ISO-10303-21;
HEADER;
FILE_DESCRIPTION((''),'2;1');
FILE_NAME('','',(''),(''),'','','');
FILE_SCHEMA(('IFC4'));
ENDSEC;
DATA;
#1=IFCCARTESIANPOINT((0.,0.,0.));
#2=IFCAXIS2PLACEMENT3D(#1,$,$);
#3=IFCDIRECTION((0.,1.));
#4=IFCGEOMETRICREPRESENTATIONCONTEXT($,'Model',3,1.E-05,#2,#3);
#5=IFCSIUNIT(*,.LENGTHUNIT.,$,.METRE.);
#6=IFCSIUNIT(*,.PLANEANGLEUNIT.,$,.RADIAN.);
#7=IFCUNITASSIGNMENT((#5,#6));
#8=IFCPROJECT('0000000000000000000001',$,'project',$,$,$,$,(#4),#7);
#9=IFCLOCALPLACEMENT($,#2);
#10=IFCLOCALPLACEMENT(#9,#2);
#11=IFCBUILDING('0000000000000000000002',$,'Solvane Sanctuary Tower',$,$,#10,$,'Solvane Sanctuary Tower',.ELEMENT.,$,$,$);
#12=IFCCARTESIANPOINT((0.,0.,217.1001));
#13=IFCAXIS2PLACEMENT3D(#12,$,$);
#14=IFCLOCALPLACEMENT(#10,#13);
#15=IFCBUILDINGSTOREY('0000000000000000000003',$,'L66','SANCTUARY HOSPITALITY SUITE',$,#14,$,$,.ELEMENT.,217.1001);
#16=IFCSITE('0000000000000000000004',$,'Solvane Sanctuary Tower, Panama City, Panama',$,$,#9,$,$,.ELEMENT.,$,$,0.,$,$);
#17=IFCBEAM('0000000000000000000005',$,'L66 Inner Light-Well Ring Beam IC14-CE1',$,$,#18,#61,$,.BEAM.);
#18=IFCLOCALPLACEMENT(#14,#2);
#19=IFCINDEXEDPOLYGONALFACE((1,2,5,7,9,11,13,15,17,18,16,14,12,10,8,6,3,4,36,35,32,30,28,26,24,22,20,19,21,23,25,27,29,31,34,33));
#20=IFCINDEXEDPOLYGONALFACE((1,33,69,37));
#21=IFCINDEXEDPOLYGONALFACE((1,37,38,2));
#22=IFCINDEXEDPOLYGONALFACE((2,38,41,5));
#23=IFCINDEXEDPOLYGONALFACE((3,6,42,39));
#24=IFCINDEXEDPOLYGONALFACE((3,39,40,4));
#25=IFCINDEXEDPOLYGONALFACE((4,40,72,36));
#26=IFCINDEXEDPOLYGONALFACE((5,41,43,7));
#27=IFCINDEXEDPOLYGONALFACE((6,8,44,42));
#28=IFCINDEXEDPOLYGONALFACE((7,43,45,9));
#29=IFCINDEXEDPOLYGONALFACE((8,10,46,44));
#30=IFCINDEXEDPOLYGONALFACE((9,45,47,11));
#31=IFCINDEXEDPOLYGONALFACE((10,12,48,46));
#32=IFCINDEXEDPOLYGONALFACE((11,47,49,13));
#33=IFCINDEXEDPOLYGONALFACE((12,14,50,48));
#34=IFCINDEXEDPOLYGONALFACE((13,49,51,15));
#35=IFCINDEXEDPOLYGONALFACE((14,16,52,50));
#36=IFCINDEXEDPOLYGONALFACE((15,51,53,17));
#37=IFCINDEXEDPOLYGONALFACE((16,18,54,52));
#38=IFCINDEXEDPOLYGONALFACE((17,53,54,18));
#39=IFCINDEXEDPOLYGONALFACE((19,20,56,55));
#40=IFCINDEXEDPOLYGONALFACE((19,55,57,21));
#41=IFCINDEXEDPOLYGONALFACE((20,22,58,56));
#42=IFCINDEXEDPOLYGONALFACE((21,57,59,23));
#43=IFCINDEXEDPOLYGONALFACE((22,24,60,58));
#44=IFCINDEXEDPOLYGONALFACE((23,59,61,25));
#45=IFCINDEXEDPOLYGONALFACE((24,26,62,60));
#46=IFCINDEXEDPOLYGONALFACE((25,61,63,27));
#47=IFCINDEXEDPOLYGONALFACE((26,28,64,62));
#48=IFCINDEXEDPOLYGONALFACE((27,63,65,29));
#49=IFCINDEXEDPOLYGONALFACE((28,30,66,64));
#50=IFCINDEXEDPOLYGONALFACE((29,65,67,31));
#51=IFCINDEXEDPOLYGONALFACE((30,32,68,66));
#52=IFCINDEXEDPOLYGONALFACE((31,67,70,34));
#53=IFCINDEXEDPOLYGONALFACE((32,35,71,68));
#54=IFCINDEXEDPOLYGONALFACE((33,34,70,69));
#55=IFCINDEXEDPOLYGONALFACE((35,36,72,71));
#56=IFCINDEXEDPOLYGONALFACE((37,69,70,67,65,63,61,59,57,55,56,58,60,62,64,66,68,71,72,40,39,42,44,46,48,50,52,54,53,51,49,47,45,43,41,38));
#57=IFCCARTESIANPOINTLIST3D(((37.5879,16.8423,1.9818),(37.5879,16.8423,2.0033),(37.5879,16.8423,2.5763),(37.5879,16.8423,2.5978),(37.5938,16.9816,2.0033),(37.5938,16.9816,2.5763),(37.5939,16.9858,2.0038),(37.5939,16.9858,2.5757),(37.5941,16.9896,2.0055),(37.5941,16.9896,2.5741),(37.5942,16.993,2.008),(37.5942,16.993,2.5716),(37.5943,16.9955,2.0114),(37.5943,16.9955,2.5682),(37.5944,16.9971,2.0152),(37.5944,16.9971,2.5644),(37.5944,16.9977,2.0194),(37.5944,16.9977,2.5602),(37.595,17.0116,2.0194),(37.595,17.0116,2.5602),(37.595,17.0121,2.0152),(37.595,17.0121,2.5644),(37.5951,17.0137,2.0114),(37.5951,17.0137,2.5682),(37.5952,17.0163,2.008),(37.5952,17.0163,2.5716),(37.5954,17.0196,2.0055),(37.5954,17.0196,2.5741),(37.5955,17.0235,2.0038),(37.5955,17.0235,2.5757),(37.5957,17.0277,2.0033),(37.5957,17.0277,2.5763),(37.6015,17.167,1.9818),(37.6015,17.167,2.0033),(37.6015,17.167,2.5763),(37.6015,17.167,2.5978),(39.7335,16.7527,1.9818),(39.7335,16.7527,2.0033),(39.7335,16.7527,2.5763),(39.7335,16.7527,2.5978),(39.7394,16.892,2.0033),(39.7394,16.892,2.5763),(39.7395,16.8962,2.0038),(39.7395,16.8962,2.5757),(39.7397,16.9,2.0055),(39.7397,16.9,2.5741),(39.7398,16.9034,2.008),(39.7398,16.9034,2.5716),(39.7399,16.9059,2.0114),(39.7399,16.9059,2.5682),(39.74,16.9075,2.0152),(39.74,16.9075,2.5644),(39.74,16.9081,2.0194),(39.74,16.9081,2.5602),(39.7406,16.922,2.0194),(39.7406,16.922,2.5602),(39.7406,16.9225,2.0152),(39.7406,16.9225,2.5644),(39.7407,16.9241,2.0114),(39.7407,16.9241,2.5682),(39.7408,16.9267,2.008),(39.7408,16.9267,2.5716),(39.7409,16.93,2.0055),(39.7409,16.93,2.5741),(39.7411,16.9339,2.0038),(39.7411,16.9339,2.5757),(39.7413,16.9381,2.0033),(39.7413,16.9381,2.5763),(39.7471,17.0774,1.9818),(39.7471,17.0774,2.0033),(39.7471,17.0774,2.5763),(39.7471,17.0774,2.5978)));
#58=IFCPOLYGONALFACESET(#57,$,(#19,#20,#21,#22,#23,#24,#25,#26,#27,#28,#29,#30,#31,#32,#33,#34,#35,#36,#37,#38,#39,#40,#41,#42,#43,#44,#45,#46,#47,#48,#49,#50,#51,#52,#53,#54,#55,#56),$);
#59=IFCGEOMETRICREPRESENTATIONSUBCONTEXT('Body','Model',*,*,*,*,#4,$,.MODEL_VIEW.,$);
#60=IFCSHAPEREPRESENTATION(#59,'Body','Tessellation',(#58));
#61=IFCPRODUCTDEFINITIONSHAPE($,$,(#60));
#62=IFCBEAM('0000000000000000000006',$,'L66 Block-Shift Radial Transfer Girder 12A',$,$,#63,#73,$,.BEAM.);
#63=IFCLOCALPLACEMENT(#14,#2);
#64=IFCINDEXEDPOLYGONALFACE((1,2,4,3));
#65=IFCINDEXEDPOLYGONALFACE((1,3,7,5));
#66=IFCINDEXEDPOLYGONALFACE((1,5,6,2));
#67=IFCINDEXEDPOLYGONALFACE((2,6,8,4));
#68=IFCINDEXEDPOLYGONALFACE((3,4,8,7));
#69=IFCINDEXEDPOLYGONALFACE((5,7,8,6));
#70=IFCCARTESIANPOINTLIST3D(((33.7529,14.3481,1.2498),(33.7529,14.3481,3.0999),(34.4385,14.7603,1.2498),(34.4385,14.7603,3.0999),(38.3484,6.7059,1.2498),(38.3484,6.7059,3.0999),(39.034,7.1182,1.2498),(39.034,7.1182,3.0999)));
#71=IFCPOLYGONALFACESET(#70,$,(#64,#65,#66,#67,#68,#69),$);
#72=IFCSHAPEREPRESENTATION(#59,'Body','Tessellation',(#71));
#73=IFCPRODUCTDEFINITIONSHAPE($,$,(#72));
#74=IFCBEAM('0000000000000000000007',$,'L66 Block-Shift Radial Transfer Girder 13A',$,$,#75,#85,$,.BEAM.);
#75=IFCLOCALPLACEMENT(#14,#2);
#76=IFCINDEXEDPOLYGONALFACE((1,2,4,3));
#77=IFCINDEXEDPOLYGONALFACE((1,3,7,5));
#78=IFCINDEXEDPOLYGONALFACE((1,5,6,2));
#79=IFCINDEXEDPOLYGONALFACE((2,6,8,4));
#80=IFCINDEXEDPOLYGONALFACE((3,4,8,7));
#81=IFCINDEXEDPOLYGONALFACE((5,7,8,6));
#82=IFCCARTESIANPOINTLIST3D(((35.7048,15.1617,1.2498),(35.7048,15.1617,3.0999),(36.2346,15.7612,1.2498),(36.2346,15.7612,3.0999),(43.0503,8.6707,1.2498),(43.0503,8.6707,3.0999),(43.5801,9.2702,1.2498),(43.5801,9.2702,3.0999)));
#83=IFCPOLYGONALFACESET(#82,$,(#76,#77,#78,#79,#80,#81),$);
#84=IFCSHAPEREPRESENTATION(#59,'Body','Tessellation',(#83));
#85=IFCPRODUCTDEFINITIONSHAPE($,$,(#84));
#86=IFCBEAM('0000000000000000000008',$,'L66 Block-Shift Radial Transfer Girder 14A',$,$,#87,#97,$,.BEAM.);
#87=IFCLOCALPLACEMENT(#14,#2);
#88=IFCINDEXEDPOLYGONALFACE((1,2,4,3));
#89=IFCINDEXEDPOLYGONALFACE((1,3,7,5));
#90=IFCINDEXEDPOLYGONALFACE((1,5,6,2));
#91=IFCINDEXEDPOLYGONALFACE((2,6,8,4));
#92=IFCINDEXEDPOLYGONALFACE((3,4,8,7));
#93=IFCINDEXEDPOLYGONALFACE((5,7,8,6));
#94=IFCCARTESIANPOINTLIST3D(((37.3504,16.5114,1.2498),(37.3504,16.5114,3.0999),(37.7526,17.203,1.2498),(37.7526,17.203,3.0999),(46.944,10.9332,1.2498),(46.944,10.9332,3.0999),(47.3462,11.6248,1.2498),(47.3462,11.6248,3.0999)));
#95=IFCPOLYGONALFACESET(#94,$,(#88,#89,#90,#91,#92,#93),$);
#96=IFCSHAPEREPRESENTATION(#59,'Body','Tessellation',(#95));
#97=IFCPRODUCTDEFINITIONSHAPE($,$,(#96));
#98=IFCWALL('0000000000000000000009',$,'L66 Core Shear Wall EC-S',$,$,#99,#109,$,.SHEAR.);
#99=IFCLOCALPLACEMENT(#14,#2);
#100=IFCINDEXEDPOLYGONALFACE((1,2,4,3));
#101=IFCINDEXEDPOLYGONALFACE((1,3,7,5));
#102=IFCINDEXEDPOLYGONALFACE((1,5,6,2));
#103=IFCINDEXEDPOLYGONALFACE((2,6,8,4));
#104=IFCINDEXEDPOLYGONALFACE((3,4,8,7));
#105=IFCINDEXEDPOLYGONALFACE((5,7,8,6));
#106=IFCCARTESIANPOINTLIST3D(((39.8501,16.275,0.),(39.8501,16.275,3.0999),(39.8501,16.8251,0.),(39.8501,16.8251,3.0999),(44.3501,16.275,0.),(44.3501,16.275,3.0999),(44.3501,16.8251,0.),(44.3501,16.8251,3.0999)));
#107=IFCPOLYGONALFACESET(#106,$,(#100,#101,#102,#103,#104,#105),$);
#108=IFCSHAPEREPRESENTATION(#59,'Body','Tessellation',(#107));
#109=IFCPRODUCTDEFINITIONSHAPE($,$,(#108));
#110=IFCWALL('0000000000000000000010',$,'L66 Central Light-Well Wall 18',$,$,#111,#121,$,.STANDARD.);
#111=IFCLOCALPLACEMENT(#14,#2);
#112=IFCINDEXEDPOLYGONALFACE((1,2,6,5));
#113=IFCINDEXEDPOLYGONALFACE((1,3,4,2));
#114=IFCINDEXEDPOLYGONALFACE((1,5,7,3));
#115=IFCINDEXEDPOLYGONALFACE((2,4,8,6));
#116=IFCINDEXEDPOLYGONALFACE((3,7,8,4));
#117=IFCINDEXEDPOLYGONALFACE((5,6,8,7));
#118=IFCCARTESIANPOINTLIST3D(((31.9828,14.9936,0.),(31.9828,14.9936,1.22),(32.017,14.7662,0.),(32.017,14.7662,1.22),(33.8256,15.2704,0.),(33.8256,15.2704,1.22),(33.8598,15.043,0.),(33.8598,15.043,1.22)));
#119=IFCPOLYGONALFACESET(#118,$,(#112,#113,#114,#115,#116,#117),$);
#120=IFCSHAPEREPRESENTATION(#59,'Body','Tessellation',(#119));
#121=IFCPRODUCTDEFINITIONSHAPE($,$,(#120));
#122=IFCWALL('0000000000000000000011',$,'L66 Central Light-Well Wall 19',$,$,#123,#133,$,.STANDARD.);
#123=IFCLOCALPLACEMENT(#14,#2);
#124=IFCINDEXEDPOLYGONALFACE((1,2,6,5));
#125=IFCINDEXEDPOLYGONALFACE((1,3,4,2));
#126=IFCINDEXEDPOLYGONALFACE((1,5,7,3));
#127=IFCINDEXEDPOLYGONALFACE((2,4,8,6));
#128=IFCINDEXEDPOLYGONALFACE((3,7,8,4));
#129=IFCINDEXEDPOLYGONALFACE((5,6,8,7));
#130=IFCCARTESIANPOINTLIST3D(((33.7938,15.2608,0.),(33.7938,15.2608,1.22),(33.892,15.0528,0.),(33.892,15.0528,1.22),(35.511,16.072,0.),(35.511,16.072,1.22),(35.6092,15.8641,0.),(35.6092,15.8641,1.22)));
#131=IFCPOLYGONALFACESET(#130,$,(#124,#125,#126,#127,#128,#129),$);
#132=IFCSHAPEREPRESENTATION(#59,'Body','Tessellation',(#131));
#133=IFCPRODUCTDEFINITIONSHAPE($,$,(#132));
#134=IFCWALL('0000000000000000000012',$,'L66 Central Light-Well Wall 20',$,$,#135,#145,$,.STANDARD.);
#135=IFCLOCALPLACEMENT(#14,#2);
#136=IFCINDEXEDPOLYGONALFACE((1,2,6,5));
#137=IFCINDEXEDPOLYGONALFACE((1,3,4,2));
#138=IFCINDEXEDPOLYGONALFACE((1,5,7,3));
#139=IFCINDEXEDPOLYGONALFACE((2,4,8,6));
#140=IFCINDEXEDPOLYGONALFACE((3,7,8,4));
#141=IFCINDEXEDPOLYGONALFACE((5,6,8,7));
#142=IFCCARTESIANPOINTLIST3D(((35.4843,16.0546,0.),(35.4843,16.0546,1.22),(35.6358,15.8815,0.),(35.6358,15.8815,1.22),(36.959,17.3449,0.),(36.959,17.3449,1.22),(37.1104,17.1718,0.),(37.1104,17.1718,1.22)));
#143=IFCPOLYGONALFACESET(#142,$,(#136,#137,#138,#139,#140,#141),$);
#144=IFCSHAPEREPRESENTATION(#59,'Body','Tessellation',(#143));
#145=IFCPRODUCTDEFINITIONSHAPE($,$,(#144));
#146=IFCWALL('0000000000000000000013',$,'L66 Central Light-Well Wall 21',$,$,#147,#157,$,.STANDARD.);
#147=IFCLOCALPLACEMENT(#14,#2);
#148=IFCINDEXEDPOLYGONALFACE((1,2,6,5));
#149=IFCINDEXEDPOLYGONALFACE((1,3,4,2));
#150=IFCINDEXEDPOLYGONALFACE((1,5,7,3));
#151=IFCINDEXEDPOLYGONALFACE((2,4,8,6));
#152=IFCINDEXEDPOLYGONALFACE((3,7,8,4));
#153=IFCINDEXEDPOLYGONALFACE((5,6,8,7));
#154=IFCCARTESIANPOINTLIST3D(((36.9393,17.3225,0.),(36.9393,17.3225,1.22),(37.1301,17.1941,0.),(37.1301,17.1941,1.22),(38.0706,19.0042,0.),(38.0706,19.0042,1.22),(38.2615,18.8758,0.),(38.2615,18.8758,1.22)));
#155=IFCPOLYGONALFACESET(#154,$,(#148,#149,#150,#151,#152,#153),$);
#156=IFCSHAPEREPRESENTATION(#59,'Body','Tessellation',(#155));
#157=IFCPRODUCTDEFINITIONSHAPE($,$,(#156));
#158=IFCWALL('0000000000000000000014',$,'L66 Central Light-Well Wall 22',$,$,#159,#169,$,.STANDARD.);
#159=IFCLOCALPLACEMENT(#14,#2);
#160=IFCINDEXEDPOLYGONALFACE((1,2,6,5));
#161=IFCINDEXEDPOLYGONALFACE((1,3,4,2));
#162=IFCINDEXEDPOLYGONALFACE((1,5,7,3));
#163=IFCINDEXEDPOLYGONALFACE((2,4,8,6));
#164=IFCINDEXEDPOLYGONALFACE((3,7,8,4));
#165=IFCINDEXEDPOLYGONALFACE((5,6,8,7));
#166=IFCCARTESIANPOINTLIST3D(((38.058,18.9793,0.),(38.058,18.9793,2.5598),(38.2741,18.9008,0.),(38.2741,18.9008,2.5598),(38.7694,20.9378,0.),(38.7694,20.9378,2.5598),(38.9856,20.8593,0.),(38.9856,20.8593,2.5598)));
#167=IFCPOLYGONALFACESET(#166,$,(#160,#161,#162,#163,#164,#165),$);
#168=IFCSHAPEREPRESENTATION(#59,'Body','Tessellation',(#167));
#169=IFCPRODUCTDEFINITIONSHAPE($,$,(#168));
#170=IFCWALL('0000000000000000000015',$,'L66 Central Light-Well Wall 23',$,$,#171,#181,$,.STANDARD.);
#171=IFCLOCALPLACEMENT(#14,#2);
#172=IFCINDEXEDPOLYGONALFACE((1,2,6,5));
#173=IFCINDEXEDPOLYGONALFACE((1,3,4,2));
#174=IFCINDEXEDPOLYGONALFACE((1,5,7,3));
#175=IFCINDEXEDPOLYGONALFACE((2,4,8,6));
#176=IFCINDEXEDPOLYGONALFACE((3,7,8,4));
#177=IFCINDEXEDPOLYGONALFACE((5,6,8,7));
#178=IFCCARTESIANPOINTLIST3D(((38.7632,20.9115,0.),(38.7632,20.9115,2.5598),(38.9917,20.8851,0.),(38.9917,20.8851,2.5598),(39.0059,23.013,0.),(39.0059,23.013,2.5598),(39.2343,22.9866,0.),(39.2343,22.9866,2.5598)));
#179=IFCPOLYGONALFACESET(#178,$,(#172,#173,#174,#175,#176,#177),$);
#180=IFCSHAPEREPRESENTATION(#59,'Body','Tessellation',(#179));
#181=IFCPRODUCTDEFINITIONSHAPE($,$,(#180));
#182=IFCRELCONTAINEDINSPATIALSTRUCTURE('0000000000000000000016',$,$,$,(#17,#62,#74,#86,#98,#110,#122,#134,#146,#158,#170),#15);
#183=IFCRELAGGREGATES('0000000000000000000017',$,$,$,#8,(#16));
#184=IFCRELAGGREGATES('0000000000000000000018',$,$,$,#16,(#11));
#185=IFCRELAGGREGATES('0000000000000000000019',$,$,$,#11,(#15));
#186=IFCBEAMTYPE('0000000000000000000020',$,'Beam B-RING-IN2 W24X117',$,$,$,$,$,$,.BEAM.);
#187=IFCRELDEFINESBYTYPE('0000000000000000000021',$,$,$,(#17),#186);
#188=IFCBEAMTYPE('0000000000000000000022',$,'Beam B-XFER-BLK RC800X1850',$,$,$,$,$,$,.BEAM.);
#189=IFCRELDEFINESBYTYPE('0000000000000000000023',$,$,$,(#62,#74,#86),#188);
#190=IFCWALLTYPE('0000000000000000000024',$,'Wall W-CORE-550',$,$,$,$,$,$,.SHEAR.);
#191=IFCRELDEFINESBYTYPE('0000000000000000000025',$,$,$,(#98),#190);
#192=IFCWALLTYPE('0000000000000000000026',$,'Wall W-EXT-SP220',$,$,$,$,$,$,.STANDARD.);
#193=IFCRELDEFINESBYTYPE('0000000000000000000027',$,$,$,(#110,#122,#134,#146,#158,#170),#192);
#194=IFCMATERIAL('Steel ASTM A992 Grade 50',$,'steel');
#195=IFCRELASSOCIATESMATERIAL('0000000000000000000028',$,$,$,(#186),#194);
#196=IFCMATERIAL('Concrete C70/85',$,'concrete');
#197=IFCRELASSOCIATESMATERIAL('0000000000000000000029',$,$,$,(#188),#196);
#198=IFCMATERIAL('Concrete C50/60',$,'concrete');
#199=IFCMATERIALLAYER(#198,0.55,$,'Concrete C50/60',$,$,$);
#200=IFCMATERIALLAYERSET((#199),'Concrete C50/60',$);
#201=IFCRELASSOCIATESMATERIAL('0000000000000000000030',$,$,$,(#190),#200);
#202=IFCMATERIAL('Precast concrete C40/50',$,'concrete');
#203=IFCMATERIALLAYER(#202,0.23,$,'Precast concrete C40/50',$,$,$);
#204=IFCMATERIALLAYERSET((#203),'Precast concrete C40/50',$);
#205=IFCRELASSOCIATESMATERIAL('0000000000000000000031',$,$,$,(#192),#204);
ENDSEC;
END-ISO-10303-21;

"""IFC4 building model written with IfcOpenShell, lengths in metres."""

from ifc_helpers import new_model, si_unit, direction, frame, frame_2d, origin, origin_2d, place, context, subcontext, project, spatial, rectangle, i_section, extrude, material, layer, layer_set, material_profile, profile_set, type_object, element, save


model = new_model("IFC4")

# Units and contexts
model_context = context("Model", 3, precision=1e-05, world=origin(), true_north=direction((0.0, 1.0)))
body_context = subcontext(model_context, "Body", "Model", "MODEL_VIEW")
ifc_project = project(units=[si_unit("LENGTHUNIT", "METRE"), si_unit("PLANEANGLEUNIT", "RADIAN")], contexts=[model_context])

# Site, building, storey
site_placement = place(None, origin())
site = spatial("IfcSite", under=ifc_project, at=site_placement, Name="Solvane Sanctuary Tower, Panama City, Panama", CompositionType="ELEMENT", RefElevation=0.0)
building_placement = place(site_placement, origin())
building = spatial("IfcBuilding", under=site, at=building_placement, Name="Solvane Sanctuary Tower", LongName="Solvane Sanctuary Tower", CompositionType="ELEMENT")
storey_placement = place(building_placement, frame((0.0, 0.0, 217.1001)))
storey = spatial("IfcBuildingStorey", under=building, at=storey_placement, Name="L66", Description="SANCTUARY HOSPITALITY SUITE", CompositionType="ELEMENT", Elevation=217.1001)

# Shared definitions
ifc_material_1 = material(Name="Concrete C50/60", Category="concrete")

# Beams
ifc_material_2 = material(Name="Steel ASTM A992 Grade 50", Category="steel")
ifc_material_profile_1 = material_profile(ifc_material_2, i_section(OverallWidth=0.325, OverallDepth=0.616, WebThickness=0.0139, FlangeThickness=0.0215, FilletRadius=0.0161, at=origin_2d()), Name="W24X117")
ifc_profile_set_1 = profile_set([ifc_material_profile_1], Name="Steel ASTM A992 Grade 50")
beam_type_1 = type_object("IfcBeamType", Name="Beam B-RING-IN2 W24X117", PredefinedType="BEAM", material=ifc_profile_set_1)
beam_1_placement = place(storey_placement, frame((37.5947, 17.0046, 2.2898), z_axis=(0.999129, -0.041725, 0.0), x_axis=(0.041725, 0.999129, 0.0)))
element("IfcBeam", 1, at=beam_1_placement, inside=storey, type_object=beam_type_1, Name="L66 Inner Light-Well Ring Beam IC14-CE1", PredefinedType="BEAM", context=body_context, shape_type="SweptSolid", body=[
    extrude(i_section(OverallWidth=0.325, OverallDepth=0.616, WebThickness=0.0139, FlangeThickness=0.0215, FilletRadius=0.0161, at=origin_2d()), origin(), (0.0, 0.0, 1.0), 2.1475),
])
ifc_material_3 = material(Name="Concrete C70/85", Category="concrete")
ifc_material_profile_2 = material_profile(ifc_material_3, rectangle(XDim=0.8, YDim=1.8501, at=origin_2d()), Name="RC800X1850")
ifc_profile_set_2 = profile_set([ifc_material_profile_2], Name="Concrete C70/85")
beam_type_2 = type_object("IfcBeamType", Name="Beam B-XFER-BLK RC800X1850", PredefinedType="BEAM", material=ifc_profile_set_2)
beam_2_placement = place(storey_placement, frame((34.0957, 14.5542, 2.1748), z_axis=(0.515337, -0.856988, 0.0), x_axis=(0.856988, 0.515337, 0.0)))
element("IfcBeam", 2, at=beam_2_placement, inside=storey, type_object=beam_type_2, Name="L66 Block-Shift Radial Transfer Girder 12A", PredefinedType="BEAM", context=body_context, shape_type="SweptSolid", body=[
    extrude(rectangle(XDim=0.8, YDim=1.8501, at=origin_2d()), origin(), (0.0, 0.0, 1.0), 8.9175),
])
beam_3_placement = place(storey_placement, frame((35.9697, 15.4614, 2.1748), z_axis=(0.749348, -0.662177, 0.0), x_axis=(0.662177, 0.749348, 0.0)))
element("IfcBeam", 3, at=beam_3_placement, inside=storey, type_object=beam_type_2, Name="L66 Block-Shift Radial Transfer Girder 13A", PredefinedType="BEAM", context=body_context, shape_type="SweptSolid", body=[
    extrude(rectangle(XDim=0.8, YDim=1.8501, at=origin_2d()), origin(), (0.0, 0.0, 1.0), 9.8025),
])
beam_4_placement = place(storey_placement, frame((37.5515, 16.8572, 2.1748), z_axis=(0.864487, -0.502654, 0.0), x_axis=(0.502654, 0.864487, 0.0)))
element("IfcBeam", 4, at=beam_4_placement, inside=storey, type_object=beam_type_2, Name="L66 Block-Shift Radial Transfer Girder 14A", PredefinedType="BEAM", context=body_context, shape_type="SweptSolid", body=[
    extrude(rectangle(XDim=0.8, YDim=1.8501, at=origin_2d()), origin(), (0.0, 0.0, 1.0), 11.0974),
])

# Walls
ifc_layer_1 = layer(ifc_material_1, 0.55, Name="Concrete C50/60")
ifc_layer_set_1 = layer_set([ifc_layer_1], Name="Concrete C50/60")
wall_type_1 = type_object("IfcWallType", Name="Wall W-CORE-550", PredefinedType="SHEAR", material=ifc_layer_set_1)
wall_1_placement = place(storey_placement, frame((39.8501, 16.55, 0.0), z_axis=(0.0, 0.0, 1.0), x_axis=(1.0, 0.0, 0.0)))
element("IfcWall", 5, at=wall_1_placement, inside=storey, type_object=wall_type_1, Name="L66 Core Shear Wall EC-S", PredefinedType="SHEAR", context=body_context, shape_type="SweptSolid", body=[
    extrude(rectangle(XDim=4.5, YDim=0.55, at=frame_2d((2.25, 0.0))), origin(), (0.0, 0.0, 1.0), 3.0999),
])
ifc_material_4 = material(Name="Precast concrete C40/50", Category="concrete")
ifc_layer_2 = layer(ifc_material_4, 0.23, Name="Precast concrete C40/50")
ifc_layer_set_2 = layer_set([ifc_layer_2], Name="Precast concrete C40/50")
wall_type_2 = type_object("IfcWallType", Name="Wall W-EXT-SP220", PredefinedType="STANDARD", material=ifc_layer_set_2)
wall_2_placement = place(storey_placement, frame((32.0, 14.8799, 0.0), z_axis=(0.0, 0.0, 1.0), x_axis=(0.988902, 0.148571, 0.0)))
element("IfcWall", 6, at=wall_2_placement, inside=storey, type_object=wall_type_2, Name="L66 Central Light-Well Wall 18", PredefinedType="STANDARD", context=body_context, shape_type="SweptSolid", body=[
    extrude(rectangle(XDim=1.8635, YDim=0.23, at=frame_2d((0.9316, 0.0))), origin(), (0.0, 0.0, 1.0), 1.22),
])
wall_3_placement = place(storey_placement, frame((33.8428, 15.1567, 0.0), z_axis=(0.0, 0.0, 1.0), x_axis=(0.90418, 0.427152, 0.0)))
element("IfcWall", 7, at=wall_3_placement, inside=storey, type_object=wall_type_2, Name="L66 Central Light-Well Wall 19", PredefinedType="STANDARD", context=body_context, shape_type="SweptSolid", body=[
    extrude(rectangle(XDim=1.8992, YDim=0.23, at=frame_2d((0.9497, 0.0))), origin(), (0.0, 0.0, 1.0), 1.22),
])
wall_4_placement = place(storey_placement, frame((35.5601, 15.968, 0.0), z_axis=(0.0, 0.0, 1.0), x_axis=(0.752577, 0.658505, 0.0)))
element("IfcWall", 8, at=wall_4_placement, inside=storey, type_object=wall_type_2, Name="L66 Central Light-Well Wall 20", PredefinedType="STANDARD", context=body_context, shape_type="SweptSolid", body=[
    extrude(rectangle(XDim=1.9595, YDim=0.23, at=frame_2d((0.9797, 0.0))), origin(), (0.0, 0.0, 1.0), 1.22),
])
wall_5_placement = place(storey_placement, frame((37.0347, 17.2583, 0.0), z_axis=(0.0, 0.0, 1.0), x_axis=(0.558198, 0.829708, 0.0)))
element("IfcWall", 9, at=wall_5_placement, inside=storey, type_object=wall_type_2, Name="L66 Central Light-Well Wall 21", PredefinedType="STANDARD", context=body_context, shape_type="SweptSolid", body=[
    extrude(rectangle(XDim=2.0269, YDim=0.23, at=frame_2d((1.0134, 0.0))), origin(), (0.0, 0.0, 1.0), 1.22),
])
wall_6_placement = place(storey_placement, frame((38.166, 18.9399, 0.0), z_axis=(0.0, 0.0, 1.0), x_axis=(0.341423, 0.93991, 0.0)))
element("IfcWall", 10, at=wall_6_placement, inside=storey, type_object=wall_type_2, Name="L66 Central Light-Well Wall 22", PredefinedType="STANDARD", context=body_context, shape_type="SweptSolid", body=[
    extrude(rectangle(XDim=2.0837, YDim=0.23, at=frame_2d((1.042, 0.0))), origin(), (0.0, 0.0, 1.0), 2.5598),
])
wall_7_placement = place(storey_placement, frame((38.8774, 20.8984, 0.0), z_axis=(0.0, 0.0, 1.0), x_axis=(0.114712, 0.993399, 0.0)))
element("IfcWall", 11, at=wall_7_placement, inside=storey, type_object=wall_type_2, Name="L66 Central Light-Well Wall 23", PredefinedType="STANDARD", context=body_context, shape_type="SweptSolid", body=[
    extrude(rectangle(XDim=2.1155, YDim=0.23, at=frame_2d((1.0576, 0.0))), origin(), (0.0, 0.0, 1.0), 2.5598),
])

save(model, "model.ifc")
